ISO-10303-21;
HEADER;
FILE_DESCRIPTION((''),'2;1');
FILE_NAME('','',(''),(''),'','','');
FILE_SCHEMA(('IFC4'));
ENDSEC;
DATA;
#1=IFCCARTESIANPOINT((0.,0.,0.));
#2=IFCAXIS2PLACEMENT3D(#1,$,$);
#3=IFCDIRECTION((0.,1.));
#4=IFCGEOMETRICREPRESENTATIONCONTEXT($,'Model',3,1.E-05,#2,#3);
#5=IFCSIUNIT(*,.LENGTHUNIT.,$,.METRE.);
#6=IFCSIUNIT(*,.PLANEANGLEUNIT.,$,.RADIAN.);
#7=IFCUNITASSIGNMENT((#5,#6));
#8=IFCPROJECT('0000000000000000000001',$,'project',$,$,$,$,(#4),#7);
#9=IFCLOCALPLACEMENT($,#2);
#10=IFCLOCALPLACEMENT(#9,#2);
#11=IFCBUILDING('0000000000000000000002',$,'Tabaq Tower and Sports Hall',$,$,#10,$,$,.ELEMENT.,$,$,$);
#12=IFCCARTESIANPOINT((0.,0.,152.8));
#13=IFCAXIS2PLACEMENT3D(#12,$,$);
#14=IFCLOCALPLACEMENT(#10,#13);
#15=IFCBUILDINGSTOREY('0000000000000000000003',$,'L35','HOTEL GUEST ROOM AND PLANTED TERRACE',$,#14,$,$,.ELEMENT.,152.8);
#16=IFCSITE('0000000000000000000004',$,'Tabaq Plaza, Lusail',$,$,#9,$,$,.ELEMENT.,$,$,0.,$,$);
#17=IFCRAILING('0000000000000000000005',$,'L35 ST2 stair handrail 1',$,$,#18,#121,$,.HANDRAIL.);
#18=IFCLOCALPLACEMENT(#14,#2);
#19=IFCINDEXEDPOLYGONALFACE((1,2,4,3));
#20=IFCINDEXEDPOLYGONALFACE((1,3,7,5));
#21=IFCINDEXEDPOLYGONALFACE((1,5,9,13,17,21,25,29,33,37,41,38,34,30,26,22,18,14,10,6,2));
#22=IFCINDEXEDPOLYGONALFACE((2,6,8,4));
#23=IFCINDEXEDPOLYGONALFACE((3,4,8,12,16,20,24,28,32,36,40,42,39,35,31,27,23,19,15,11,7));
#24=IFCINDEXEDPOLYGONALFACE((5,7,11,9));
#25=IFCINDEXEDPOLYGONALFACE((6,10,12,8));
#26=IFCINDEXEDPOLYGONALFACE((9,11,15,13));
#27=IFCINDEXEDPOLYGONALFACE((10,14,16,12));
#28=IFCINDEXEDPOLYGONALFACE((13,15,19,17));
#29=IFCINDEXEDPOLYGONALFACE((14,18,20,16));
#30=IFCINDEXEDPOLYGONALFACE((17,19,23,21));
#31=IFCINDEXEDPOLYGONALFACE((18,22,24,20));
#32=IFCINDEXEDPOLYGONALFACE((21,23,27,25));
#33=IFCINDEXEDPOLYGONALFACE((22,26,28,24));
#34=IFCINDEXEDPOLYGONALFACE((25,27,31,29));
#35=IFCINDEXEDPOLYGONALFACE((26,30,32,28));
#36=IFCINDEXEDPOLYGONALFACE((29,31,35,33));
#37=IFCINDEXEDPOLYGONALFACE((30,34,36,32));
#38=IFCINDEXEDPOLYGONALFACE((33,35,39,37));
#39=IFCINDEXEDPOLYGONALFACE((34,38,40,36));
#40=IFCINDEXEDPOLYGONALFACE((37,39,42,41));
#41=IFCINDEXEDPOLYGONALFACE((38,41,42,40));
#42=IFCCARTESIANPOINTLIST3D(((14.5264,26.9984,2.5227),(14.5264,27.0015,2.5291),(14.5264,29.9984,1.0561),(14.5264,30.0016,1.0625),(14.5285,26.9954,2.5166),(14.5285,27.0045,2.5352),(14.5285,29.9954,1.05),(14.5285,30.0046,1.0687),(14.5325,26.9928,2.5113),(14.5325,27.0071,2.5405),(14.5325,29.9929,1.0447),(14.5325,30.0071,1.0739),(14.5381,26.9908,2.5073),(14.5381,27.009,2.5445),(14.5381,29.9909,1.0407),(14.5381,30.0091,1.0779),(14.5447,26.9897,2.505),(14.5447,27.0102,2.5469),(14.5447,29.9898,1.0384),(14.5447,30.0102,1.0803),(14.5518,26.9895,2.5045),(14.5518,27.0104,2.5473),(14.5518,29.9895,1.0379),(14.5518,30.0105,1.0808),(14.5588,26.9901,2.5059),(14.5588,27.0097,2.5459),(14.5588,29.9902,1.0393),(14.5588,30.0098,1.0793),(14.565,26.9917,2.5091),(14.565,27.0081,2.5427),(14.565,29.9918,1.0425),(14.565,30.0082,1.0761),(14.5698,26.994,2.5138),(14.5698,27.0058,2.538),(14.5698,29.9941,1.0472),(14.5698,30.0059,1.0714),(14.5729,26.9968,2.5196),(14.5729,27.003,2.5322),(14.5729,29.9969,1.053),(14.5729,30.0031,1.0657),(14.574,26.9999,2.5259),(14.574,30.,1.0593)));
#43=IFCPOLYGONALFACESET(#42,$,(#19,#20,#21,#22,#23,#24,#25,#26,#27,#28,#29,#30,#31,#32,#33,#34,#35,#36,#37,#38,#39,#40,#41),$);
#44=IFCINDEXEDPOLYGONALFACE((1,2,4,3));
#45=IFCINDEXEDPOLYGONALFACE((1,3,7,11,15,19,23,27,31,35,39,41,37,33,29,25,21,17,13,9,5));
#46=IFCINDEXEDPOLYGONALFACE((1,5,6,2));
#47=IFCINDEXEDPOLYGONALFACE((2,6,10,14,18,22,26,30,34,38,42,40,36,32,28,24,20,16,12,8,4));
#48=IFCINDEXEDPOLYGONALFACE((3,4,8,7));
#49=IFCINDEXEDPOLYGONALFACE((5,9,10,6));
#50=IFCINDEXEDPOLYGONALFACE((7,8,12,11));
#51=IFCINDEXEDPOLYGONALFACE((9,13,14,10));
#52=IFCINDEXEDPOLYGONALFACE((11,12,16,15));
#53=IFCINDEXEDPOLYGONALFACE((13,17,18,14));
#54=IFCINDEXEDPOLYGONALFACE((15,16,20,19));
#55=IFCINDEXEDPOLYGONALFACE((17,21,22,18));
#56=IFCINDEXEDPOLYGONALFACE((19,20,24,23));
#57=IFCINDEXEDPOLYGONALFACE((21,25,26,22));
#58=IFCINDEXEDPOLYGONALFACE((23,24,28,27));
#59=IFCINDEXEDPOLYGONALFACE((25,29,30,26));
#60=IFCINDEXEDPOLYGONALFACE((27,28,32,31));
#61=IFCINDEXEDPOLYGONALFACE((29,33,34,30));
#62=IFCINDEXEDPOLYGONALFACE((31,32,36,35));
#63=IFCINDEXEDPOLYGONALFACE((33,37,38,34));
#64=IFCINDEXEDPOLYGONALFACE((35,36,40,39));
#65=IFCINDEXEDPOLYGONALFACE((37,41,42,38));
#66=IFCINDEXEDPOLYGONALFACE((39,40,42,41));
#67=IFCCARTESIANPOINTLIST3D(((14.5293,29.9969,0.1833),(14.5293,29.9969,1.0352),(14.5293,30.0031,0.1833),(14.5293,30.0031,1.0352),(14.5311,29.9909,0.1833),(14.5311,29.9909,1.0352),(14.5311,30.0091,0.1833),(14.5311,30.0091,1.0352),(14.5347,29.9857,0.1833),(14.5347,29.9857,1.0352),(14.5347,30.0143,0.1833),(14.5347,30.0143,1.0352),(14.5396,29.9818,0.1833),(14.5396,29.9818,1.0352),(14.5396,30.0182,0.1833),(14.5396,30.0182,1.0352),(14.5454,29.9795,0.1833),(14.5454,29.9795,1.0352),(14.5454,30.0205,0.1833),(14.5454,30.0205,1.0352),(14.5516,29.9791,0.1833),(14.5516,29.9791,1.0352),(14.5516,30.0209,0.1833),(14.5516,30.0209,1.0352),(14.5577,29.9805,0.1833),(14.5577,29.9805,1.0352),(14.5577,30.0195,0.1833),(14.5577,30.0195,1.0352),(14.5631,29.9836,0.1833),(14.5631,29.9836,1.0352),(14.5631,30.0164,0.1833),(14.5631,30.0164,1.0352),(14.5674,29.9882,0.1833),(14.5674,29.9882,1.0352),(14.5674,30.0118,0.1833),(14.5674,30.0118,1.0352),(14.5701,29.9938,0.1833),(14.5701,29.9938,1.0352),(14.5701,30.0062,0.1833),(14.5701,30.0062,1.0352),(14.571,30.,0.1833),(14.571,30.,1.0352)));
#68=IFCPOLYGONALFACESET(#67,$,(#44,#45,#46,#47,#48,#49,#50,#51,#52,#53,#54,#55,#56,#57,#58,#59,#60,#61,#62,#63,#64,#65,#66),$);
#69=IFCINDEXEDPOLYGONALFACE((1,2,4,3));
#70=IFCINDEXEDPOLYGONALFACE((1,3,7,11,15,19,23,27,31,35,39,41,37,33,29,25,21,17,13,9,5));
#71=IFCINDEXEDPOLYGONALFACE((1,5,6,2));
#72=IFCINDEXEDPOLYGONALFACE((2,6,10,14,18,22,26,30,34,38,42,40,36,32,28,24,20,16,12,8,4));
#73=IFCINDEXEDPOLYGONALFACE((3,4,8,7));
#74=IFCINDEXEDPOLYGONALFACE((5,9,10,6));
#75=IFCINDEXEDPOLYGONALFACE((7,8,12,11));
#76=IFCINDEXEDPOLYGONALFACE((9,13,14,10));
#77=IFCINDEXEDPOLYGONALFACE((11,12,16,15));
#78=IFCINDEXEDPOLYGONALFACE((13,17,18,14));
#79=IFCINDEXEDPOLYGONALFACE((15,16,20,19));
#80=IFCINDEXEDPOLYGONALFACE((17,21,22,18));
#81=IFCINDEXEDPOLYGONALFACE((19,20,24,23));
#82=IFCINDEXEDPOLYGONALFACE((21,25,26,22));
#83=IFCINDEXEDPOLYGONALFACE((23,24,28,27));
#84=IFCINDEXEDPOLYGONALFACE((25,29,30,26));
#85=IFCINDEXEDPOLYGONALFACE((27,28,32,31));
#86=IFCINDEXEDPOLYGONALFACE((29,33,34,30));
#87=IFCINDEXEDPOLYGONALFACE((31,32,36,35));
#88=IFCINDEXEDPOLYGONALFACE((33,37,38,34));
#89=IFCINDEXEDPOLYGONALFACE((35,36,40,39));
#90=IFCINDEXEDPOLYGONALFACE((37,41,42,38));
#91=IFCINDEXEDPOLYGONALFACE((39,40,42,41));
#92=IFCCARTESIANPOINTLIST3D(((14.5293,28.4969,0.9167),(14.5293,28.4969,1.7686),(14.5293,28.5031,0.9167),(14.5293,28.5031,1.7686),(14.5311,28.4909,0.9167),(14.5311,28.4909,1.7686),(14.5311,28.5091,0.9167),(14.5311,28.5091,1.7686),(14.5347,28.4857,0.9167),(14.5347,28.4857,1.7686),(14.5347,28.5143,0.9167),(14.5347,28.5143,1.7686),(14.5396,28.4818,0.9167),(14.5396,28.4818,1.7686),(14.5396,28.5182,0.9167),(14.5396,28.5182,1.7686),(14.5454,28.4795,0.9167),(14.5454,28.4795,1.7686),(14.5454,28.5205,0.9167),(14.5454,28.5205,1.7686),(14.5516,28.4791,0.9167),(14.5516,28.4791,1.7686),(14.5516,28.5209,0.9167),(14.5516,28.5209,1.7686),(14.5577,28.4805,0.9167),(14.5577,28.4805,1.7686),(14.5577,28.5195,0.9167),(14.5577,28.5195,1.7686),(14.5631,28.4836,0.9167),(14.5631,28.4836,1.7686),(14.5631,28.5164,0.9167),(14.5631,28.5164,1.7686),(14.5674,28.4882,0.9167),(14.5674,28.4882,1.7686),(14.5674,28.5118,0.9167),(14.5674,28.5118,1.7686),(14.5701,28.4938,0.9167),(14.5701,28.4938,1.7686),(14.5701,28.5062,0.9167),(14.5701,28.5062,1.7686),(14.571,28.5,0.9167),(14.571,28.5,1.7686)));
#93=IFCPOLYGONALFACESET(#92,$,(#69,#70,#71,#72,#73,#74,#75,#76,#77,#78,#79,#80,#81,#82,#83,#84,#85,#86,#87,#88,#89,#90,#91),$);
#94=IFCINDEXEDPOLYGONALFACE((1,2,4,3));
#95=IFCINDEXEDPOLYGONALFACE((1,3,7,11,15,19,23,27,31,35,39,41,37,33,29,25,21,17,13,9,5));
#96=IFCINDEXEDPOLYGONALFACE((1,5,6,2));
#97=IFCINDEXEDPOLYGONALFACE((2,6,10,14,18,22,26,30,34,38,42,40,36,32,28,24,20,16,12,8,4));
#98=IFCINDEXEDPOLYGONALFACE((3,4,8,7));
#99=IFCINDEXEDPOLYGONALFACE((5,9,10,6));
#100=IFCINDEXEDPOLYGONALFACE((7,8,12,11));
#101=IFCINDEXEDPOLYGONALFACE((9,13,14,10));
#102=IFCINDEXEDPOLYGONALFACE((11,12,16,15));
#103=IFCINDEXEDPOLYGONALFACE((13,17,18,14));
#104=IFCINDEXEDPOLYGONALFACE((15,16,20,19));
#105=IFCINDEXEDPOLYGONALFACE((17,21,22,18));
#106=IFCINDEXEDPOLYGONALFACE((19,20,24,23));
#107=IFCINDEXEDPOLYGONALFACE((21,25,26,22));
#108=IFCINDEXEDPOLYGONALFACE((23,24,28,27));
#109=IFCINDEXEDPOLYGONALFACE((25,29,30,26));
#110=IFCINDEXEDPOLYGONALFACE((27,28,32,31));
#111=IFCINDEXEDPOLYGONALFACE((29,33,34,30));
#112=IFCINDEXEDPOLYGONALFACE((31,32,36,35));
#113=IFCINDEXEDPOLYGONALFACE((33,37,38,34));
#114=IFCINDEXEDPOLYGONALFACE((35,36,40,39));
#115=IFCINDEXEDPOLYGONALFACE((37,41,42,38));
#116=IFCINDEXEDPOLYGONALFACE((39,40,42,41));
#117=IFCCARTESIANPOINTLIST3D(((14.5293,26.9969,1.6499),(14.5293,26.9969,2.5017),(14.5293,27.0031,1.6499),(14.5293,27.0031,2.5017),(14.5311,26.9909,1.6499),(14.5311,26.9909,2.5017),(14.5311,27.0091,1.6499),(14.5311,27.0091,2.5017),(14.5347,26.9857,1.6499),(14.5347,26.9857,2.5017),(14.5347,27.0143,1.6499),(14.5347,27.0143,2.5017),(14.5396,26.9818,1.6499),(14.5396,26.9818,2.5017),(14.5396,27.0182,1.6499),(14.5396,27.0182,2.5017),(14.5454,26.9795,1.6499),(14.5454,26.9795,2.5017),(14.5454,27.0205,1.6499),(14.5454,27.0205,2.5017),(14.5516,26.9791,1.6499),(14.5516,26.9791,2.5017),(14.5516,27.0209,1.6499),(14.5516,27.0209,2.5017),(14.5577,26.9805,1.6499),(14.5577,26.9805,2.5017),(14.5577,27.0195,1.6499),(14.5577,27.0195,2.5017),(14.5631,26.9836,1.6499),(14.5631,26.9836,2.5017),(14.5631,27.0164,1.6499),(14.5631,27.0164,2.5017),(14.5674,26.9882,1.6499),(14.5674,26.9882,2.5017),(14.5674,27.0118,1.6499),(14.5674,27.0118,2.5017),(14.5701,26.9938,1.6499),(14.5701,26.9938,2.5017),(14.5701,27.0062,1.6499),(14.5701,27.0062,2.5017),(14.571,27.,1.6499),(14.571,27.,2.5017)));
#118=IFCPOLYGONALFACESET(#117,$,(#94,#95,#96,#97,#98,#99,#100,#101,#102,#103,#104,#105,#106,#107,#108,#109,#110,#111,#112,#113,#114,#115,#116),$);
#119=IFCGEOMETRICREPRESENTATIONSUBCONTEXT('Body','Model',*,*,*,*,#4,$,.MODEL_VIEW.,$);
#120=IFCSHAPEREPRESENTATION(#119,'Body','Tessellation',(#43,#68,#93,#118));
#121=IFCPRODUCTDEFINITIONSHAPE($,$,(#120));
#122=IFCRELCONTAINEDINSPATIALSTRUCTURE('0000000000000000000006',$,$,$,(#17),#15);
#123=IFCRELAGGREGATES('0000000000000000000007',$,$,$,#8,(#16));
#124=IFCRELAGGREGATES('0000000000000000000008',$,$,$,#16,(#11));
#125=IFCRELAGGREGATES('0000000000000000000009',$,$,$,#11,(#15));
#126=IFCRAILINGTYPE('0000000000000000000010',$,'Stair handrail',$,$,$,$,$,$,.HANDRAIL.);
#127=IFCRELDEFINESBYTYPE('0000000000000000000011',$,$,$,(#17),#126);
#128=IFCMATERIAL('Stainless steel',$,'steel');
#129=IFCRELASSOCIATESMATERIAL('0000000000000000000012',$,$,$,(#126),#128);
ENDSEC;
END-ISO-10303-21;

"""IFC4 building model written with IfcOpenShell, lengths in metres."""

from ifc_helpers import new_model, si_unit, direction, frame, origin, origin_2d, place, context, subcontext, project, spatial, circle, extrude, material, type_object, element, save


model = new_model("IFC4")

# Units and contexts
model_context = context("Model", 3, precision=1e-05, world=origin(), true_north=direction((0.0, 1.0)))
body_context = subcontext(model_context, "Body", "Model", "MODEL_VIEW")
ifc_project = project(units=[si_unit("LENGTHUNIT", "METRE"), si_unit("PLANEANGLEUNIT", "RADIAN")], contexts=[model_context])

# Site, building, storey
site_placement = place(None, origin())
site = spatial("IfcSite", under=ifc_project, at=site_placement, Name="Tabaq Plaza, Lusail", CompositionType="ELEMENT", RefElevation=0.0)
building_placement = place(site_placement, origin())
building = spatial("IfcBuilding", under=site, at=building_placement, Name="Tabaq Tower and Sports Hall", CompositionType="ELEMENT")
storey_placement = place(building_placement, frame((0.0, 0.0, 152.8)))
storey = spatial("IfcBuildingStorey", under=building, at=storey_placement, Name="L35", Description="HOTEL GUEST ROOM AND PLANTED TERRACE", CompositionType="ELEMENT", Elevation=152.8)

# Railing
ifc_material_1 = material(Name="Stainless steel", Category="steel")
railing_type_1 = type_object("IfcRailingType", Name="Stair handrail", PredefinedType="HANDRAIL", material=ifc_material_1)
railing_1_placement = place(storey_placement, frame((14.55, 30.0, 0.1833)))
element("IfcRailing", 1, at=railing_1_placement, inside=storey, type_object=railing_type_1, Name="L35 ST2 stair handrail 1", PredefinedType="HANDRAIL", context=body_context, shape_type="SweptSolid", body=[
    extrude(circle(Radius=0.0239, at=origin_2d()), frame((0.0, 0.0, 0.876), z_axis=(0.0, -0.898398, 0.439183), x_axis=(1.0, 0.0, 0.0)), (0.0, 0.0, 1.0), 3.3394),
    extrude(circle(Radius=0.021, at=origin_2d()), origin(), (0.0, 0.0, 1.0), 0.8518),
    extrude(circle(Radius=0.021, at=origin_2d()), frame((0.0, -1.5, 0.7334)), (0.0, 0.0, 1.0), 0.8518),
    extrude(circle(Radius=0.021, at=origin_2d()), frame((0.0, -3.0, 1.4666)), (0.0, 0.0, 1.0), 0.8518),
])

save(model, "model.ifc")
